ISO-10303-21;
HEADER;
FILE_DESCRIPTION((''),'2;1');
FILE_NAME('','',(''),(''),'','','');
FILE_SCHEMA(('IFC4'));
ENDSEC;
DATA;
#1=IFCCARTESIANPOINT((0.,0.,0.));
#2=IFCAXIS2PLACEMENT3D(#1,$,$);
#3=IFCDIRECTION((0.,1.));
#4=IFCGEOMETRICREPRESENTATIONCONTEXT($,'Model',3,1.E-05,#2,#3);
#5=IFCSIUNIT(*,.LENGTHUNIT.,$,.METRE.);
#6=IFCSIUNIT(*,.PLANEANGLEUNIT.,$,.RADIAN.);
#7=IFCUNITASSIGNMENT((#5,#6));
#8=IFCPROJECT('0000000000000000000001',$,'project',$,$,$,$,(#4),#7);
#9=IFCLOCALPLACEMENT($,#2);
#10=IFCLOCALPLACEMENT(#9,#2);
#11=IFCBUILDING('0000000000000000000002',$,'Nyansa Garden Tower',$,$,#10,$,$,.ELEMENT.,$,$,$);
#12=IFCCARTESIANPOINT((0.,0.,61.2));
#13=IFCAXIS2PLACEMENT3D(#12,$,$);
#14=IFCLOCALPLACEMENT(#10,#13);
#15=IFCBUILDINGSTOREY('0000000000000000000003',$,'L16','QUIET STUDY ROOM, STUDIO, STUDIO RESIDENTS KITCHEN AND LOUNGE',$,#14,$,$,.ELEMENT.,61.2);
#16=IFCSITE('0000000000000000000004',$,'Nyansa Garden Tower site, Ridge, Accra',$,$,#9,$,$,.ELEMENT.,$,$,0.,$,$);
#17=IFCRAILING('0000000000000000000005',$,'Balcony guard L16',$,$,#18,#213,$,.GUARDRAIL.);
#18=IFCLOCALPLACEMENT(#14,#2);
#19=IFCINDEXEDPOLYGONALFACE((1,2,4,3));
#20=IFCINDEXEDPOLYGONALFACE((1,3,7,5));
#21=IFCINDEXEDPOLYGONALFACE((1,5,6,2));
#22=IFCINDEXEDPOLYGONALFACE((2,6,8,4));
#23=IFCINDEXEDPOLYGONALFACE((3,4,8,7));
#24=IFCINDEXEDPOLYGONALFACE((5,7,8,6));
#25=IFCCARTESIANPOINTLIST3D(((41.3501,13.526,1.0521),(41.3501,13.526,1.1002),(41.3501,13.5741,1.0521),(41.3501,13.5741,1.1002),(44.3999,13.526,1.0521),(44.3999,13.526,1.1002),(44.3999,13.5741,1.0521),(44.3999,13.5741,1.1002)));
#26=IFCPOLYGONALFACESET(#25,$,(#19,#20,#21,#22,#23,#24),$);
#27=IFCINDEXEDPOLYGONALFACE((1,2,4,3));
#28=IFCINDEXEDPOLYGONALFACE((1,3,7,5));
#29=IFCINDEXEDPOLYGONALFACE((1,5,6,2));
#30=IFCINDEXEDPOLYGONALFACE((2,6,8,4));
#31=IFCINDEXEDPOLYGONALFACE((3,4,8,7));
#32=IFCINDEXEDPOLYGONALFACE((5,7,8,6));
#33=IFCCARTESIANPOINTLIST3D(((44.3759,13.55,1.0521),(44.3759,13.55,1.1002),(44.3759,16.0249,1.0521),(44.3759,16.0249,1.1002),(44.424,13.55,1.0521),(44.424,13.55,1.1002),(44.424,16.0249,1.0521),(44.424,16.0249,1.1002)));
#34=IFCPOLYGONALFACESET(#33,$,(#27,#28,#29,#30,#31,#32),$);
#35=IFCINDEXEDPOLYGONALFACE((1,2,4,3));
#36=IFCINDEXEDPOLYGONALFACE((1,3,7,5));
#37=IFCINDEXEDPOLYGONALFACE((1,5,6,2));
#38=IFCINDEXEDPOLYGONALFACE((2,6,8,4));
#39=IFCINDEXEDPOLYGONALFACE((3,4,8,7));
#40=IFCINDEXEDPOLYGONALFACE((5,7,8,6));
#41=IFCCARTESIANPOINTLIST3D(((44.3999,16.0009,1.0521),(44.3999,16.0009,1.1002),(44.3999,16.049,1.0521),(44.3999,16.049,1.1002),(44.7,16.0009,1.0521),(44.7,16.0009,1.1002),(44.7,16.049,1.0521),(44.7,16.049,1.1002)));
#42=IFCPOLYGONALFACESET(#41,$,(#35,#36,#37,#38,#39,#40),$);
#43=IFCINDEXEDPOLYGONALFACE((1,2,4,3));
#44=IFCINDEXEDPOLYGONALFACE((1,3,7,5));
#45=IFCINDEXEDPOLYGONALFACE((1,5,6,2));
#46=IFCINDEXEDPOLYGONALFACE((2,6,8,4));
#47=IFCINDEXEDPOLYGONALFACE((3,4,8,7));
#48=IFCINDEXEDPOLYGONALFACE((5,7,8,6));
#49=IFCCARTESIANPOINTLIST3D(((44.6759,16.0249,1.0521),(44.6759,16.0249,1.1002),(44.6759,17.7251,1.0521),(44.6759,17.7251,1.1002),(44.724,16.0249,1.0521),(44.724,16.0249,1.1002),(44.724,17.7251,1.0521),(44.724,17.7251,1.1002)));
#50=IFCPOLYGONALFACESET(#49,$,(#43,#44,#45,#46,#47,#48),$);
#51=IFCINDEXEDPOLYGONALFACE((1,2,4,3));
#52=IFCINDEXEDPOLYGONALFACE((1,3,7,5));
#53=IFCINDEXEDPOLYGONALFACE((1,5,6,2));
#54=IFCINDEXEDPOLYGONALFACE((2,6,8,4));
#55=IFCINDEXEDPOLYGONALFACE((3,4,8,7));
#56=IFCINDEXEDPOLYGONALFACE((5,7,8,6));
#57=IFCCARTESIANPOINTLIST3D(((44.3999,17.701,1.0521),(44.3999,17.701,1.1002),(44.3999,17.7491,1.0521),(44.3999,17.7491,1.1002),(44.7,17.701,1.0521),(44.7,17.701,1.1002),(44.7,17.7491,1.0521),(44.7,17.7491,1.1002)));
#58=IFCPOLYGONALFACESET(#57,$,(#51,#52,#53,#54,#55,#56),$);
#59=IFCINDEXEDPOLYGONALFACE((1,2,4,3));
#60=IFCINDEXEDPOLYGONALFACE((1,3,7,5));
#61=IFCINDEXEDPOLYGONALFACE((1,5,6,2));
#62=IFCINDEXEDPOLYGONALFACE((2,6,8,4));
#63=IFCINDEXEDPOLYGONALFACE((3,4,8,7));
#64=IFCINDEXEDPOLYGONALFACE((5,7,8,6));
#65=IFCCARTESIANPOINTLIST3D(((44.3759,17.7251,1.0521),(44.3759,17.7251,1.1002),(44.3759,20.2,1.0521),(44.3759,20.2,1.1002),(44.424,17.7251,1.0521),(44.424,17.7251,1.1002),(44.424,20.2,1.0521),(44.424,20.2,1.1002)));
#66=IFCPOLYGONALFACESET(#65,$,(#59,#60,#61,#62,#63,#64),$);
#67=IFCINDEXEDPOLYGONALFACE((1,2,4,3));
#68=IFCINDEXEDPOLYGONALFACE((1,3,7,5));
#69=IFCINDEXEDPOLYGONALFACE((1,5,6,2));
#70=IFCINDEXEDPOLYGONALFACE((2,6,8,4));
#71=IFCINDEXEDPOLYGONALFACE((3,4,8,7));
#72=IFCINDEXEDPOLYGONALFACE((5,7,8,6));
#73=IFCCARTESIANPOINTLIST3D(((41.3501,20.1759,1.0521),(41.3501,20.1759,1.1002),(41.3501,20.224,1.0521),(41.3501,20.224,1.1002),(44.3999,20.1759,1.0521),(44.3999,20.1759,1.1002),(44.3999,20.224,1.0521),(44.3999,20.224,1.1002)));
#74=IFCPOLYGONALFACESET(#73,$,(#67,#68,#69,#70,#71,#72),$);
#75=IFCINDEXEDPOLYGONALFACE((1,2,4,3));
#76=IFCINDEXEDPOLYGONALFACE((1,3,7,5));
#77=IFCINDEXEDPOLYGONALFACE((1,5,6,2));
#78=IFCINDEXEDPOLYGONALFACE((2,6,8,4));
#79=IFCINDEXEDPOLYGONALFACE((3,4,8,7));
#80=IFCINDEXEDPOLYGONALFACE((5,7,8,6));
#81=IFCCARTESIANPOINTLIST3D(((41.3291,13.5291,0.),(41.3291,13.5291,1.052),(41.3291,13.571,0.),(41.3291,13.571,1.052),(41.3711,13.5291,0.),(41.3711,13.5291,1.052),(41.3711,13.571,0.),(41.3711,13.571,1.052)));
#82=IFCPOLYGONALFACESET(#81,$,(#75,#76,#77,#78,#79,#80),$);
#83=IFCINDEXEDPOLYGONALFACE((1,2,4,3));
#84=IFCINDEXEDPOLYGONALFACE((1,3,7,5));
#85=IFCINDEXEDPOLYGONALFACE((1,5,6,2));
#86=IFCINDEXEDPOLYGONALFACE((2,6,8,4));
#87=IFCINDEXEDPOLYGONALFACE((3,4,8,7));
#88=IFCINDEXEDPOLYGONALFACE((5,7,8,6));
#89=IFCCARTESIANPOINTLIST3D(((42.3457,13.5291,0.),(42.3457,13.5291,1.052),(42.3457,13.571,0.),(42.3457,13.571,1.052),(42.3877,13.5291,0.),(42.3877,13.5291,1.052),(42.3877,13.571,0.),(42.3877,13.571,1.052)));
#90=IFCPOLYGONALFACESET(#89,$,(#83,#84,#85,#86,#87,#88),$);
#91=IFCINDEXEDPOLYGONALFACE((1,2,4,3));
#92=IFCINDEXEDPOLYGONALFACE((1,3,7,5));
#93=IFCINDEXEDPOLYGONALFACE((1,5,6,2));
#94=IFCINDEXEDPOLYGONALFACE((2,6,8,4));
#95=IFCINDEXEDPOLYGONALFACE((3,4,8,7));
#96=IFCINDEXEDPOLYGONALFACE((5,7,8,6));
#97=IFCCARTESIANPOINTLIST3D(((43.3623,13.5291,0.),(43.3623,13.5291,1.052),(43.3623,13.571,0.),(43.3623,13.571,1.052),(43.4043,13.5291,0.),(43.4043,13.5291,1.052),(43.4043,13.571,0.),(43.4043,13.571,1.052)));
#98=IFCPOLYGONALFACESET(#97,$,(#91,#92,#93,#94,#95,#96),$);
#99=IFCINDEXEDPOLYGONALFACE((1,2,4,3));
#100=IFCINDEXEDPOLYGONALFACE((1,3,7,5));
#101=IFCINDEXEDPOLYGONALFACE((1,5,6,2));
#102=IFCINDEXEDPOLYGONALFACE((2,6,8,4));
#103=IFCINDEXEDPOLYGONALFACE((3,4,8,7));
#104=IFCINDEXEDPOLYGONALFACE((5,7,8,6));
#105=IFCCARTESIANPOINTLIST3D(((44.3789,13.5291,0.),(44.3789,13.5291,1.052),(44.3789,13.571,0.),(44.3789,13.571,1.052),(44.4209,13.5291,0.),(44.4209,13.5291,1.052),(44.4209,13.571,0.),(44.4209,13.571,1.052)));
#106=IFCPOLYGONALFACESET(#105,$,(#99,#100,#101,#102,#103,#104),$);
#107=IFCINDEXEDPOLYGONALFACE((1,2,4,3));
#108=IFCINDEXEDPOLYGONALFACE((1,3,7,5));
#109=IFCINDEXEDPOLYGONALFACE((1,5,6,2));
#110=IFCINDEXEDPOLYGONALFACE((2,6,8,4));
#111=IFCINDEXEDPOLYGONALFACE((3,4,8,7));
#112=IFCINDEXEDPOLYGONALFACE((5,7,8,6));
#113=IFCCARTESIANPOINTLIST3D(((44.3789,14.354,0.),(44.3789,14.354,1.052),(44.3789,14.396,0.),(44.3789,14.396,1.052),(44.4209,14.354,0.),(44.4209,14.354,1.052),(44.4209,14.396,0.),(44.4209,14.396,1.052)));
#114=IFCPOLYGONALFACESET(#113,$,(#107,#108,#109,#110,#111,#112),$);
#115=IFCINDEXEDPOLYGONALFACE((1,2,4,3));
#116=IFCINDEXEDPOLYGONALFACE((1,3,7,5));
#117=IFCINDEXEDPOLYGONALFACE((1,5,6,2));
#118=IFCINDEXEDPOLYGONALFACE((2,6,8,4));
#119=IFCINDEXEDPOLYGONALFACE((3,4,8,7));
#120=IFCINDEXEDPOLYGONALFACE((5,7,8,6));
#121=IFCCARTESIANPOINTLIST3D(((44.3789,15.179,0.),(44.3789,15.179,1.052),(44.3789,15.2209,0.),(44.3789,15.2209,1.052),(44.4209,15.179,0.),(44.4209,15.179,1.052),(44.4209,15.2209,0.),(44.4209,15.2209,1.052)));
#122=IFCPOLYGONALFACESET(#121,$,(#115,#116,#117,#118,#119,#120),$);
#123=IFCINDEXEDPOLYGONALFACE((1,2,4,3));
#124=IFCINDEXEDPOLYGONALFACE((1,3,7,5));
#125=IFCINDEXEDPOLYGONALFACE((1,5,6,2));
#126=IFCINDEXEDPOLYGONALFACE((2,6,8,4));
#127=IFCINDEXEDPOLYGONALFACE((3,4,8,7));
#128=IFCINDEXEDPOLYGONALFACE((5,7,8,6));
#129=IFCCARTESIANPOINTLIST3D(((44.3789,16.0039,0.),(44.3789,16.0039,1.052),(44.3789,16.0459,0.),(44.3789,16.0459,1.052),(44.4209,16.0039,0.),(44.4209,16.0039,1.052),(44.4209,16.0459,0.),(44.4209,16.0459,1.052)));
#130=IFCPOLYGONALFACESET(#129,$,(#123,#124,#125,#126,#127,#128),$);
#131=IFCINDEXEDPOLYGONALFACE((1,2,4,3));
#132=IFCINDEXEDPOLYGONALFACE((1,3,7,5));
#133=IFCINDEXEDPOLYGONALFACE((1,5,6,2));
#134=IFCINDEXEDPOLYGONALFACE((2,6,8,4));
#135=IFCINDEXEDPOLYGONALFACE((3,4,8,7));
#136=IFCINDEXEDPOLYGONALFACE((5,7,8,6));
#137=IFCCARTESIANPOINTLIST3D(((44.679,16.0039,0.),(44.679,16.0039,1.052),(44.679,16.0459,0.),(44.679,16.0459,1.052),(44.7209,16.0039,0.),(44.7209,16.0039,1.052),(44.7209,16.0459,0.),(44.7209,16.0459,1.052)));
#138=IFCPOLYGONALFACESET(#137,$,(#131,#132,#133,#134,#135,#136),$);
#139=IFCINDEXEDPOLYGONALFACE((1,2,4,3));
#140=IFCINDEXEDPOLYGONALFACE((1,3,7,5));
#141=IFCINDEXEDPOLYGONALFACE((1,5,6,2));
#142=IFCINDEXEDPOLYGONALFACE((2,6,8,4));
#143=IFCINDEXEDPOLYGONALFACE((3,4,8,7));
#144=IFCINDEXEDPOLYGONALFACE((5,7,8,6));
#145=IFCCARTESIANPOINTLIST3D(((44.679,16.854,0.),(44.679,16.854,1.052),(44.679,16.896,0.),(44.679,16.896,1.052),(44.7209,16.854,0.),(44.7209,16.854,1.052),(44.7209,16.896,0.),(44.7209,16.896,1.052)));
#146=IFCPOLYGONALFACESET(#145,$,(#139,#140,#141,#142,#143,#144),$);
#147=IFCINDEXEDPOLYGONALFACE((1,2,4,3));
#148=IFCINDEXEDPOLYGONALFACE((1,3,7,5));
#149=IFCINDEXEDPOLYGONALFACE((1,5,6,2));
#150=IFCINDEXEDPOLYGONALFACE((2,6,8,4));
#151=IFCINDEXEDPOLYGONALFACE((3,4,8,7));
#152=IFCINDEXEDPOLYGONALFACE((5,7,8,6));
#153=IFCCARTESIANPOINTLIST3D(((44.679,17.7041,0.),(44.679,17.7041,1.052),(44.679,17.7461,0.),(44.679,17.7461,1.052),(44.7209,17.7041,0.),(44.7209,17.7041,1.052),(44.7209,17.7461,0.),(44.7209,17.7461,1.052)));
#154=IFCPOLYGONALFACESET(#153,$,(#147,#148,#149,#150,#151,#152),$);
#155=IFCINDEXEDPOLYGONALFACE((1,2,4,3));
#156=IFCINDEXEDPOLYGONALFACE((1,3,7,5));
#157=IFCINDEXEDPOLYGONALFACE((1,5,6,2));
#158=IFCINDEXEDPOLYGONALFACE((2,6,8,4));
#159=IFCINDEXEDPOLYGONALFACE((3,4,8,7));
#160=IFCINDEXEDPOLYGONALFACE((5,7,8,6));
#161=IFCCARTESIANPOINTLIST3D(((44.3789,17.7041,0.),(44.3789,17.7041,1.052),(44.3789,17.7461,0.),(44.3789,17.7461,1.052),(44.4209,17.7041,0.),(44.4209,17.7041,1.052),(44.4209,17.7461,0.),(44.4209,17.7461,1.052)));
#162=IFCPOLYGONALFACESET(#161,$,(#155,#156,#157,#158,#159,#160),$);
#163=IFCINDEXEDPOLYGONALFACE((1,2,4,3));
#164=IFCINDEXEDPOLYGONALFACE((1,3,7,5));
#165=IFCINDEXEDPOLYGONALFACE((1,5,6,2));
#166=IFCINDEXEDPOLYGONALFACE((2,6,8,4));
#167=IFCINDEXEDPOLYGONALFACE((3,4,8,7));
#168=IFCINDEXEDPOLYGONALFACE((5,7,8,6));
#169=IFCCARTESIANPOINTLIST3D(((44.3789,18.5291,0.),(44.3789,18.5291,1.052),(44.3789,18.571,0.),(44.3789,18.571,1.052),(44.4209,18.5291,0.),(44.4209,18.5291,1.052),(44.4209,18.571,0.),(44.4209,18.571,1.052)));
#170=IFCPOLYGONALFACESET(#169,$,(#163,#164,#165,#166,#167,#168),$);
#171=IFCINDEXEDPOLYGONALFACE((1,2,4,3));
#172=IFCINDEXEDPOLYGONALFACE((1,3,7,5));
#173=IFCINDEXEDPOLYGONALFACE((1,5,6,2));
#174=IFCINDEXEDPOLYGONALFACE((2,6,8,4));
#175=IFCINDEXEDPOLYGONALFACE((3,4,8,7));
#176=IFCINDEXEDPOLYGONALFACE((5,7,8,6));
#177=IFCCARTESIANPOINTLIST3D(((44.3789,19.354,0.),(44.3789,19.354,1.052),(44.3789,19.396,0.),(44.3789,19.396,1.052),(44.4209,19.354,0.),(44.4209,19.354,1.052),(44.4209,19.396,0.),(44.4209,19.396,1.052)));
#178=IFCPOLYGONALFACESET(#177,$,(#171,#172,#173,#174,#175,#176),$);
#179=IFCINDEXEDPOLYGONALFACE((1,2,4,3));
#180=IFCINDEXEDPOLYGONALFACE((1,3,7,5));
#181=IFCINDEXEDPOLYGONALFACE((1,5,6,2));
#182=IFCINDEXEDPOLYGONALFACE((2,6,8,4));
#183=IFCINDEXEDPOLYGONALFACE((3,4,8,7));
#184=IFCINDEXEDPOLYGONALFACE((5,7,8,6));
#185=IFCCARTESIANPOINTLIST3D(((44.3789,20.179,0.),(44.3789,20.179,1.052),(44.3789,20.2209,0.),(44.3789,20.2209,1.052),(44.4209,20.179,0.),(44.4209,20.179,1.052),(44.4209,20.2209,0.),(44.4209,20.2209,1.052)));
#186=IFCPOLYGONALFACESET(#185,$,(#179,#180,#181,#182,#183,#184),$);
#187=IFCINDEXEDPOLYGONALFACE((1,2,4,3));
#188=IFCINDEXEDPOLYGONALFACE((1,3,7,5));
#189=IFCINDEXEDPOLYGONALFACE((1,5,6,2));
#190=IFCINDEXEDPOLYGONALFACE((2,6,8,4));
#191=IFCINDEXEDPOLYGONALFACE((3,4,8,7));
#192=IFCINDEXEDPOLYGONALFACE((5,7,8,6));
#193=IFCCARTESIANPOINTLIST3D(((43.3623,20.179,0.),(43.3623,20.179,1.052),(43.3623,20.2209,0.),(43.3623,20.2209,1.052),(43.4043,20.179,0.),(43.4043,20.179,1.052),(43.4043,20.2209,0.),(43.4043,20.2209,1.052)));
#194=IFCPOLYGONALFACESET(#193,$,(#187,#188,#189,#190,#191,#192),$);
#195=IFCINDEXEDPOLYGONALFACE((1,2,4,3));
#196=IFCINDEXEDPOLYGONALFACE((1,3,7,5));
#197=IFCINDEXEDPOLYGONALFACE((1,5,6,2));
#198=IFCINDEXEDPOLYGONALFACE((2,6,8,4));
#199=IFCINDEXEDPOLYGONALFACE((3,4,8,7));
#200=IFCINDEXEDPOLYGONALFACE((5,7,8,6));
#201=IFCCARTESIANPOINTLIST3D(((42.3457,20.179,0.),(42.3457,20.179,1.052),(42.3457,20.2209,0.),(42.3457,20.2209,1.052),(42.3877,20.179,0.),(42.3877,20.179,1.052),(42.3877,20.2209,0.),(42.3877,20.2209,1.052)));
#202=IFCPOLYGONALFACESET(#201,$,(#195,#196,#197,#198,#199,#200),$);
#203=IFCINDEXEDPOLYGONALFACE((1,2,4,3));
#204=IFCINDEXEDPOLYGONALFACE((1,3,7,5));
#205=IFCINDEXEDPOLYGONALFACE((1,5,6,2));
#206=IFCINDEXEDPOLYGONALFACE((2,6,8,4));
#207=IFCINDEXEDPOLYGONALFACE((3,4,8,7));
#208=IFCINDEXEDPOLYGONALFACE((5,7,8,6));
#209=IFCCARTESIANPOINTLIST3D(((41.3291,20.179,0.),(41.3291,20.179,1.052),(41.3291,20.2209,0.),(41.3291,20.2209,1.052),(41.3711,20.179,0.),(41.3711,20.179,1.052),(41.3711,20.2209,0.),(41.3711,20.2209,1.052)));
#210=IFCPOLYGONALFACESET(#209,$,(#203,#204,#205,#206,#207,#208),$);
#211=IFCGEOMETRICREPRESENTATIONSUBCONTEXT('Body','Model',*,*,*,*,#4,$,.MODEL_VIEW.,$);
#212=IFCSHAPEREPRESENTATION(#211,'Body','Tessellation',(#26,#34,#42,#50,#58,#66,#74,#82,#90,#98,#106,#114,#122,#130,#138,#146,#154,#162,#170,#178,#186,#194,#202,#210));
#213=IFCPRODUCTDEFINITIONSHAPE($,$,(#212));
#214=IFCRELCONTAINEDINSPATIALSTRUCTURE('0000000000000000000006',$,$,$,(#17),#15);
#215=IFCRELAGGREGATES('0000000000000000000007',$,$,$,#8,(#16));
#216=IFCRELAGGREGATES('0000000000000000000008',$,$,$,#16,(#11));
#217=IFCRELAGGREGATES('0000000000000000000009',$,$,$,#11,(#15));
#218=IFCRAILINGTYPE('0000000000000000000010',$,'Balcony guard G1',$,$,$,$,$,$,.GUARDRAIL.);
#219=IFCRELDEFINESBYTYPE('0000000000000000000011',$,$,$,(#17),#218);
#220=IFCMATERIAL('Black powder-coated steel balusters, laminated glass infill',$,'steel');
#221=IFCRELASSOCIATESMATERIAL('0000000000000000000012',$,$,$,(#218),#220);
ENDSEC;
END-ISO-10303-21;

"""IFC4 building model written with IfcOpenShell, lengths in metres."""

from ifc_helpers import new_model, si_unit, direction, frame, origin, origin_2d, place, context, subcontext, project, spatial, rectangle, extrude, material, type_object, element, save


model = new_model("IFC4")

# Units and contexts
model_context = context("Model", 3, precision=1e-05, world=origin(), true_north=direction((0.0, 1.0)))
body_context = subcontext(model_context, "Body", "Model", "MODEL_VIEW")
ifc_project = project(units=[si_unit("LENGTHUNIT", "METRE"), si_unit("PLANEANGLEUNIT", "RADIAN")], contexts=[model_context])

# Site, building, storey
site_placement = place(None, origin())
site = spatial("IfcSite", under=ifc_project, at=site_placement, Name="Nyansa Garden Tower site, Ridge, Accra", CompositionType="ELEMENT", RefElevation=0.0)
building_placement = place(site_placement, origin())
building = spatial("IfcBuilding", under=site, at=building_placement, Name="Nyansa Garden Tower", CompositionType="ELEMENT")
storey_placement = place(building_placement, frame((0.0, 0.0, 61.2)))
storey = spatial("IfcBuildingStorey", under=building, at=storey_placement, Name="L16", Description="QUIET STUDY ROOM, STUDIO, STUDIO RESIDENTS KITCHEN AND LOUNGE", CompositionType="ELEMENT", Elevation=61.2)

# Railing
ifc_material_1 = material(Name="Black powder-coated steel balusters, laminated glass infill", Category="steel")
railing_type = type_object("IfcRailingType", Name="Balcony guard G1", PredefinedType="GUARDRAIL", material=ifc_material_1)
railing_placement = place(storey_placement, frame((41.3501, 13.55, 0.0)))
element("IfcRailing", 1, at=railing_placement, inside=storey, type_object=railing_type, Name="Balcony guard L16", PredefinedType="GUARDRAIL", context=body_context, shape_type="SweptSolid", body=[
    extrude(rectangle(XDim=0.0481, YDim=0.0481, at=origin_2d()), frame((0.0, 0.0, 1.0762), z_axis=(1.0, 0.0, 0.0), x_axis=(0.0, 1.0, 0.0)), (0.0, 0.0, 1.0), 3.0498),
    extrude(rectangle(XDim=0.0481, YDim=0.0481, at=origin_2d()), frame((3.0498, 0.0, 1.0762), z_axis=(0.0, 1.0, 0.0), x_axis=(-1.0, 0.0, 0.0)), (0.0, 0.0, 1.0), 2.4749),
    extrude(rectangle(XDim=0.0481, YDim=0.0481, at=origin_2d()), frame((3.0498, 2.4749, 1.0762), z_axis=(1.0, 0.0, 0.0), x_axis=(0.0, 1.0, 0.0)), (0.0, 0.0, 1.0), 0.3),
    extrude(rectangle(XDim=0.0481, YDim=0.0481, at=origin_2d()), frame((3.3499, 2.4749, 1.0762), z_axis=(0.0, 1.0, 0.0), x_axis=(-1.0, 0.0, 0.0)), (0.0, 0.0, 1.0), 1.7002),
    extrude(rectangle(XDim=0.0481, YDim=0.0481, at=origin_2d()), frame((3.3499, 4.175, 1.0762), z_axis=(-1.0, 0.0, 0.0), x_axis=(0.0, -1.0, 0.0)), (0.0, 0.0, 1.0), 0.3),
    extrude(rectangle(XDim=0.0481, YDim=0.0481, at=origin_2d()), frame((3.0498, 4.175, 1.0762), z_axis=(0.0, 1.0, 0.0), x_axis=(-1.0, 0.0, 0.0)), (0.0, 0.0, 1.0), 2.4749),
    extrude(rectangle(XDim=0.0481, YDim=0.0481, at=origin_2d()), frame((3.0498, 6.6499, 1.0762), z_axis=(-1.0, 0.0, 0.0), x_axis=(0.0, -1.0, 0.0)), (0.0, 0.0, 1.0), 3.0498),
    extrude(rectangle(XDim=0.042, YDim=0.042, at=origin_2d()), origin(), (0.0, 0.0, 1.0), 1.052),
    extrude(rectangle(XDim=0.042, YDim=0.042, at=origin_2d()), frame((1.0166, 0.0, 0.0)), (0.0, 0.0, 1.0), 1.052),
    extrude(rectangle(XDim=0.042, YDim=0.042, at=origin_2d()), frame((2.0332, 0.0, 0.0)), (0.0, 0.0, 1.0), 1.052),
    extrude(rectangle(XDim=0.042, YDim=0.042, at=origin_2d()), frame((3.0498, 0.0, 0.0)), (0.0, 0.0, 1.0), 1.052),
    extrude(rectangle(XDim=0.042, YDim=0.042, at=origin_2d()), frame((3.0498, 0.825, 0.0)), (0.0, 0.0, 1.0), 1.052),
    extrude(rectangle(XDim=0.042, YDim=0.042, at=origin_2d()), frame((3.0498, 1.6499, 0.0)), (0.0, 0.0, 1.0), 1.052),
    extrude(rectangle(XDim=0.042, YDim=0.042, at=origin_2d()), frame((3.0498, 2.4749, 0.0)), (0.0, 0.0, 1.0), 1.052),
    extrude(rectangle(XDim=0.042, YDim=0.042, at=origin_2d()), frame((3.3499, 2.4749, 0.0)), (0.0, 0.0, 1.0), 1.052),
    extrude(rectangle(XDim=0.042, YDim=0.042, at=origin_2d()), frame((3.3499, 3.325, 0.0)), (0.0, 0.0, 1.0), 1.052),
    extrude(rectangle(XDim=0.042, YDim=0.042, at=origin_2d()), frame((3.3499, 4.175, 0.0)), (0.0, 0.0, 1.0), 1.052),
    extrude(rectangle(XDim=0.042, YDim=0.042, at=origin_2d()), frame((3.0498, 4.175, 0.0)), (0.0, 0.0, 1.0), 1.052),
    extrude(rectangle(XDim=0.042, YDim=0.042, at=origin_2d()), frame((3.0498, 5.0, 0.0)), (0.0, 0.0, 1.0), 1.052),
    extrude(rectangle(XDim=0.042, YDim=0.042, at=origin_2d()), frame((3.0498, 5.825, 0.0)), (0.0, 0.0, 1.0), 1.052),
    extrude(rectangle(XDim=0.042, YDim=0.042, at=origin_2d()), frame((3.0498, 6.6499, 0.0)), (0.0, 0.0, 1.0), 1.052),
    extrude(rectangle(XDim=0.042, YDim=0.042, at=origin_2d()), frame((2.0332, 6.6499, 0.0)), (0.0, 0.0, 1.0), 1.052),
    extrude(rectangle(XDim=0.042, YDim=0.042, at=origin_2d()), frame((1.0166, 6.6499, 0.0)), (0.0, 0.0, 1.0), 1.052),
    extrude(rectangle(XDim=0.042, YDim=0.042, at=origin_2d()), frame((0.0, 6.6499, 0.0)), (0.0, 0.0, 1.0), 1.052),
])

save(model, "model.ifc")
